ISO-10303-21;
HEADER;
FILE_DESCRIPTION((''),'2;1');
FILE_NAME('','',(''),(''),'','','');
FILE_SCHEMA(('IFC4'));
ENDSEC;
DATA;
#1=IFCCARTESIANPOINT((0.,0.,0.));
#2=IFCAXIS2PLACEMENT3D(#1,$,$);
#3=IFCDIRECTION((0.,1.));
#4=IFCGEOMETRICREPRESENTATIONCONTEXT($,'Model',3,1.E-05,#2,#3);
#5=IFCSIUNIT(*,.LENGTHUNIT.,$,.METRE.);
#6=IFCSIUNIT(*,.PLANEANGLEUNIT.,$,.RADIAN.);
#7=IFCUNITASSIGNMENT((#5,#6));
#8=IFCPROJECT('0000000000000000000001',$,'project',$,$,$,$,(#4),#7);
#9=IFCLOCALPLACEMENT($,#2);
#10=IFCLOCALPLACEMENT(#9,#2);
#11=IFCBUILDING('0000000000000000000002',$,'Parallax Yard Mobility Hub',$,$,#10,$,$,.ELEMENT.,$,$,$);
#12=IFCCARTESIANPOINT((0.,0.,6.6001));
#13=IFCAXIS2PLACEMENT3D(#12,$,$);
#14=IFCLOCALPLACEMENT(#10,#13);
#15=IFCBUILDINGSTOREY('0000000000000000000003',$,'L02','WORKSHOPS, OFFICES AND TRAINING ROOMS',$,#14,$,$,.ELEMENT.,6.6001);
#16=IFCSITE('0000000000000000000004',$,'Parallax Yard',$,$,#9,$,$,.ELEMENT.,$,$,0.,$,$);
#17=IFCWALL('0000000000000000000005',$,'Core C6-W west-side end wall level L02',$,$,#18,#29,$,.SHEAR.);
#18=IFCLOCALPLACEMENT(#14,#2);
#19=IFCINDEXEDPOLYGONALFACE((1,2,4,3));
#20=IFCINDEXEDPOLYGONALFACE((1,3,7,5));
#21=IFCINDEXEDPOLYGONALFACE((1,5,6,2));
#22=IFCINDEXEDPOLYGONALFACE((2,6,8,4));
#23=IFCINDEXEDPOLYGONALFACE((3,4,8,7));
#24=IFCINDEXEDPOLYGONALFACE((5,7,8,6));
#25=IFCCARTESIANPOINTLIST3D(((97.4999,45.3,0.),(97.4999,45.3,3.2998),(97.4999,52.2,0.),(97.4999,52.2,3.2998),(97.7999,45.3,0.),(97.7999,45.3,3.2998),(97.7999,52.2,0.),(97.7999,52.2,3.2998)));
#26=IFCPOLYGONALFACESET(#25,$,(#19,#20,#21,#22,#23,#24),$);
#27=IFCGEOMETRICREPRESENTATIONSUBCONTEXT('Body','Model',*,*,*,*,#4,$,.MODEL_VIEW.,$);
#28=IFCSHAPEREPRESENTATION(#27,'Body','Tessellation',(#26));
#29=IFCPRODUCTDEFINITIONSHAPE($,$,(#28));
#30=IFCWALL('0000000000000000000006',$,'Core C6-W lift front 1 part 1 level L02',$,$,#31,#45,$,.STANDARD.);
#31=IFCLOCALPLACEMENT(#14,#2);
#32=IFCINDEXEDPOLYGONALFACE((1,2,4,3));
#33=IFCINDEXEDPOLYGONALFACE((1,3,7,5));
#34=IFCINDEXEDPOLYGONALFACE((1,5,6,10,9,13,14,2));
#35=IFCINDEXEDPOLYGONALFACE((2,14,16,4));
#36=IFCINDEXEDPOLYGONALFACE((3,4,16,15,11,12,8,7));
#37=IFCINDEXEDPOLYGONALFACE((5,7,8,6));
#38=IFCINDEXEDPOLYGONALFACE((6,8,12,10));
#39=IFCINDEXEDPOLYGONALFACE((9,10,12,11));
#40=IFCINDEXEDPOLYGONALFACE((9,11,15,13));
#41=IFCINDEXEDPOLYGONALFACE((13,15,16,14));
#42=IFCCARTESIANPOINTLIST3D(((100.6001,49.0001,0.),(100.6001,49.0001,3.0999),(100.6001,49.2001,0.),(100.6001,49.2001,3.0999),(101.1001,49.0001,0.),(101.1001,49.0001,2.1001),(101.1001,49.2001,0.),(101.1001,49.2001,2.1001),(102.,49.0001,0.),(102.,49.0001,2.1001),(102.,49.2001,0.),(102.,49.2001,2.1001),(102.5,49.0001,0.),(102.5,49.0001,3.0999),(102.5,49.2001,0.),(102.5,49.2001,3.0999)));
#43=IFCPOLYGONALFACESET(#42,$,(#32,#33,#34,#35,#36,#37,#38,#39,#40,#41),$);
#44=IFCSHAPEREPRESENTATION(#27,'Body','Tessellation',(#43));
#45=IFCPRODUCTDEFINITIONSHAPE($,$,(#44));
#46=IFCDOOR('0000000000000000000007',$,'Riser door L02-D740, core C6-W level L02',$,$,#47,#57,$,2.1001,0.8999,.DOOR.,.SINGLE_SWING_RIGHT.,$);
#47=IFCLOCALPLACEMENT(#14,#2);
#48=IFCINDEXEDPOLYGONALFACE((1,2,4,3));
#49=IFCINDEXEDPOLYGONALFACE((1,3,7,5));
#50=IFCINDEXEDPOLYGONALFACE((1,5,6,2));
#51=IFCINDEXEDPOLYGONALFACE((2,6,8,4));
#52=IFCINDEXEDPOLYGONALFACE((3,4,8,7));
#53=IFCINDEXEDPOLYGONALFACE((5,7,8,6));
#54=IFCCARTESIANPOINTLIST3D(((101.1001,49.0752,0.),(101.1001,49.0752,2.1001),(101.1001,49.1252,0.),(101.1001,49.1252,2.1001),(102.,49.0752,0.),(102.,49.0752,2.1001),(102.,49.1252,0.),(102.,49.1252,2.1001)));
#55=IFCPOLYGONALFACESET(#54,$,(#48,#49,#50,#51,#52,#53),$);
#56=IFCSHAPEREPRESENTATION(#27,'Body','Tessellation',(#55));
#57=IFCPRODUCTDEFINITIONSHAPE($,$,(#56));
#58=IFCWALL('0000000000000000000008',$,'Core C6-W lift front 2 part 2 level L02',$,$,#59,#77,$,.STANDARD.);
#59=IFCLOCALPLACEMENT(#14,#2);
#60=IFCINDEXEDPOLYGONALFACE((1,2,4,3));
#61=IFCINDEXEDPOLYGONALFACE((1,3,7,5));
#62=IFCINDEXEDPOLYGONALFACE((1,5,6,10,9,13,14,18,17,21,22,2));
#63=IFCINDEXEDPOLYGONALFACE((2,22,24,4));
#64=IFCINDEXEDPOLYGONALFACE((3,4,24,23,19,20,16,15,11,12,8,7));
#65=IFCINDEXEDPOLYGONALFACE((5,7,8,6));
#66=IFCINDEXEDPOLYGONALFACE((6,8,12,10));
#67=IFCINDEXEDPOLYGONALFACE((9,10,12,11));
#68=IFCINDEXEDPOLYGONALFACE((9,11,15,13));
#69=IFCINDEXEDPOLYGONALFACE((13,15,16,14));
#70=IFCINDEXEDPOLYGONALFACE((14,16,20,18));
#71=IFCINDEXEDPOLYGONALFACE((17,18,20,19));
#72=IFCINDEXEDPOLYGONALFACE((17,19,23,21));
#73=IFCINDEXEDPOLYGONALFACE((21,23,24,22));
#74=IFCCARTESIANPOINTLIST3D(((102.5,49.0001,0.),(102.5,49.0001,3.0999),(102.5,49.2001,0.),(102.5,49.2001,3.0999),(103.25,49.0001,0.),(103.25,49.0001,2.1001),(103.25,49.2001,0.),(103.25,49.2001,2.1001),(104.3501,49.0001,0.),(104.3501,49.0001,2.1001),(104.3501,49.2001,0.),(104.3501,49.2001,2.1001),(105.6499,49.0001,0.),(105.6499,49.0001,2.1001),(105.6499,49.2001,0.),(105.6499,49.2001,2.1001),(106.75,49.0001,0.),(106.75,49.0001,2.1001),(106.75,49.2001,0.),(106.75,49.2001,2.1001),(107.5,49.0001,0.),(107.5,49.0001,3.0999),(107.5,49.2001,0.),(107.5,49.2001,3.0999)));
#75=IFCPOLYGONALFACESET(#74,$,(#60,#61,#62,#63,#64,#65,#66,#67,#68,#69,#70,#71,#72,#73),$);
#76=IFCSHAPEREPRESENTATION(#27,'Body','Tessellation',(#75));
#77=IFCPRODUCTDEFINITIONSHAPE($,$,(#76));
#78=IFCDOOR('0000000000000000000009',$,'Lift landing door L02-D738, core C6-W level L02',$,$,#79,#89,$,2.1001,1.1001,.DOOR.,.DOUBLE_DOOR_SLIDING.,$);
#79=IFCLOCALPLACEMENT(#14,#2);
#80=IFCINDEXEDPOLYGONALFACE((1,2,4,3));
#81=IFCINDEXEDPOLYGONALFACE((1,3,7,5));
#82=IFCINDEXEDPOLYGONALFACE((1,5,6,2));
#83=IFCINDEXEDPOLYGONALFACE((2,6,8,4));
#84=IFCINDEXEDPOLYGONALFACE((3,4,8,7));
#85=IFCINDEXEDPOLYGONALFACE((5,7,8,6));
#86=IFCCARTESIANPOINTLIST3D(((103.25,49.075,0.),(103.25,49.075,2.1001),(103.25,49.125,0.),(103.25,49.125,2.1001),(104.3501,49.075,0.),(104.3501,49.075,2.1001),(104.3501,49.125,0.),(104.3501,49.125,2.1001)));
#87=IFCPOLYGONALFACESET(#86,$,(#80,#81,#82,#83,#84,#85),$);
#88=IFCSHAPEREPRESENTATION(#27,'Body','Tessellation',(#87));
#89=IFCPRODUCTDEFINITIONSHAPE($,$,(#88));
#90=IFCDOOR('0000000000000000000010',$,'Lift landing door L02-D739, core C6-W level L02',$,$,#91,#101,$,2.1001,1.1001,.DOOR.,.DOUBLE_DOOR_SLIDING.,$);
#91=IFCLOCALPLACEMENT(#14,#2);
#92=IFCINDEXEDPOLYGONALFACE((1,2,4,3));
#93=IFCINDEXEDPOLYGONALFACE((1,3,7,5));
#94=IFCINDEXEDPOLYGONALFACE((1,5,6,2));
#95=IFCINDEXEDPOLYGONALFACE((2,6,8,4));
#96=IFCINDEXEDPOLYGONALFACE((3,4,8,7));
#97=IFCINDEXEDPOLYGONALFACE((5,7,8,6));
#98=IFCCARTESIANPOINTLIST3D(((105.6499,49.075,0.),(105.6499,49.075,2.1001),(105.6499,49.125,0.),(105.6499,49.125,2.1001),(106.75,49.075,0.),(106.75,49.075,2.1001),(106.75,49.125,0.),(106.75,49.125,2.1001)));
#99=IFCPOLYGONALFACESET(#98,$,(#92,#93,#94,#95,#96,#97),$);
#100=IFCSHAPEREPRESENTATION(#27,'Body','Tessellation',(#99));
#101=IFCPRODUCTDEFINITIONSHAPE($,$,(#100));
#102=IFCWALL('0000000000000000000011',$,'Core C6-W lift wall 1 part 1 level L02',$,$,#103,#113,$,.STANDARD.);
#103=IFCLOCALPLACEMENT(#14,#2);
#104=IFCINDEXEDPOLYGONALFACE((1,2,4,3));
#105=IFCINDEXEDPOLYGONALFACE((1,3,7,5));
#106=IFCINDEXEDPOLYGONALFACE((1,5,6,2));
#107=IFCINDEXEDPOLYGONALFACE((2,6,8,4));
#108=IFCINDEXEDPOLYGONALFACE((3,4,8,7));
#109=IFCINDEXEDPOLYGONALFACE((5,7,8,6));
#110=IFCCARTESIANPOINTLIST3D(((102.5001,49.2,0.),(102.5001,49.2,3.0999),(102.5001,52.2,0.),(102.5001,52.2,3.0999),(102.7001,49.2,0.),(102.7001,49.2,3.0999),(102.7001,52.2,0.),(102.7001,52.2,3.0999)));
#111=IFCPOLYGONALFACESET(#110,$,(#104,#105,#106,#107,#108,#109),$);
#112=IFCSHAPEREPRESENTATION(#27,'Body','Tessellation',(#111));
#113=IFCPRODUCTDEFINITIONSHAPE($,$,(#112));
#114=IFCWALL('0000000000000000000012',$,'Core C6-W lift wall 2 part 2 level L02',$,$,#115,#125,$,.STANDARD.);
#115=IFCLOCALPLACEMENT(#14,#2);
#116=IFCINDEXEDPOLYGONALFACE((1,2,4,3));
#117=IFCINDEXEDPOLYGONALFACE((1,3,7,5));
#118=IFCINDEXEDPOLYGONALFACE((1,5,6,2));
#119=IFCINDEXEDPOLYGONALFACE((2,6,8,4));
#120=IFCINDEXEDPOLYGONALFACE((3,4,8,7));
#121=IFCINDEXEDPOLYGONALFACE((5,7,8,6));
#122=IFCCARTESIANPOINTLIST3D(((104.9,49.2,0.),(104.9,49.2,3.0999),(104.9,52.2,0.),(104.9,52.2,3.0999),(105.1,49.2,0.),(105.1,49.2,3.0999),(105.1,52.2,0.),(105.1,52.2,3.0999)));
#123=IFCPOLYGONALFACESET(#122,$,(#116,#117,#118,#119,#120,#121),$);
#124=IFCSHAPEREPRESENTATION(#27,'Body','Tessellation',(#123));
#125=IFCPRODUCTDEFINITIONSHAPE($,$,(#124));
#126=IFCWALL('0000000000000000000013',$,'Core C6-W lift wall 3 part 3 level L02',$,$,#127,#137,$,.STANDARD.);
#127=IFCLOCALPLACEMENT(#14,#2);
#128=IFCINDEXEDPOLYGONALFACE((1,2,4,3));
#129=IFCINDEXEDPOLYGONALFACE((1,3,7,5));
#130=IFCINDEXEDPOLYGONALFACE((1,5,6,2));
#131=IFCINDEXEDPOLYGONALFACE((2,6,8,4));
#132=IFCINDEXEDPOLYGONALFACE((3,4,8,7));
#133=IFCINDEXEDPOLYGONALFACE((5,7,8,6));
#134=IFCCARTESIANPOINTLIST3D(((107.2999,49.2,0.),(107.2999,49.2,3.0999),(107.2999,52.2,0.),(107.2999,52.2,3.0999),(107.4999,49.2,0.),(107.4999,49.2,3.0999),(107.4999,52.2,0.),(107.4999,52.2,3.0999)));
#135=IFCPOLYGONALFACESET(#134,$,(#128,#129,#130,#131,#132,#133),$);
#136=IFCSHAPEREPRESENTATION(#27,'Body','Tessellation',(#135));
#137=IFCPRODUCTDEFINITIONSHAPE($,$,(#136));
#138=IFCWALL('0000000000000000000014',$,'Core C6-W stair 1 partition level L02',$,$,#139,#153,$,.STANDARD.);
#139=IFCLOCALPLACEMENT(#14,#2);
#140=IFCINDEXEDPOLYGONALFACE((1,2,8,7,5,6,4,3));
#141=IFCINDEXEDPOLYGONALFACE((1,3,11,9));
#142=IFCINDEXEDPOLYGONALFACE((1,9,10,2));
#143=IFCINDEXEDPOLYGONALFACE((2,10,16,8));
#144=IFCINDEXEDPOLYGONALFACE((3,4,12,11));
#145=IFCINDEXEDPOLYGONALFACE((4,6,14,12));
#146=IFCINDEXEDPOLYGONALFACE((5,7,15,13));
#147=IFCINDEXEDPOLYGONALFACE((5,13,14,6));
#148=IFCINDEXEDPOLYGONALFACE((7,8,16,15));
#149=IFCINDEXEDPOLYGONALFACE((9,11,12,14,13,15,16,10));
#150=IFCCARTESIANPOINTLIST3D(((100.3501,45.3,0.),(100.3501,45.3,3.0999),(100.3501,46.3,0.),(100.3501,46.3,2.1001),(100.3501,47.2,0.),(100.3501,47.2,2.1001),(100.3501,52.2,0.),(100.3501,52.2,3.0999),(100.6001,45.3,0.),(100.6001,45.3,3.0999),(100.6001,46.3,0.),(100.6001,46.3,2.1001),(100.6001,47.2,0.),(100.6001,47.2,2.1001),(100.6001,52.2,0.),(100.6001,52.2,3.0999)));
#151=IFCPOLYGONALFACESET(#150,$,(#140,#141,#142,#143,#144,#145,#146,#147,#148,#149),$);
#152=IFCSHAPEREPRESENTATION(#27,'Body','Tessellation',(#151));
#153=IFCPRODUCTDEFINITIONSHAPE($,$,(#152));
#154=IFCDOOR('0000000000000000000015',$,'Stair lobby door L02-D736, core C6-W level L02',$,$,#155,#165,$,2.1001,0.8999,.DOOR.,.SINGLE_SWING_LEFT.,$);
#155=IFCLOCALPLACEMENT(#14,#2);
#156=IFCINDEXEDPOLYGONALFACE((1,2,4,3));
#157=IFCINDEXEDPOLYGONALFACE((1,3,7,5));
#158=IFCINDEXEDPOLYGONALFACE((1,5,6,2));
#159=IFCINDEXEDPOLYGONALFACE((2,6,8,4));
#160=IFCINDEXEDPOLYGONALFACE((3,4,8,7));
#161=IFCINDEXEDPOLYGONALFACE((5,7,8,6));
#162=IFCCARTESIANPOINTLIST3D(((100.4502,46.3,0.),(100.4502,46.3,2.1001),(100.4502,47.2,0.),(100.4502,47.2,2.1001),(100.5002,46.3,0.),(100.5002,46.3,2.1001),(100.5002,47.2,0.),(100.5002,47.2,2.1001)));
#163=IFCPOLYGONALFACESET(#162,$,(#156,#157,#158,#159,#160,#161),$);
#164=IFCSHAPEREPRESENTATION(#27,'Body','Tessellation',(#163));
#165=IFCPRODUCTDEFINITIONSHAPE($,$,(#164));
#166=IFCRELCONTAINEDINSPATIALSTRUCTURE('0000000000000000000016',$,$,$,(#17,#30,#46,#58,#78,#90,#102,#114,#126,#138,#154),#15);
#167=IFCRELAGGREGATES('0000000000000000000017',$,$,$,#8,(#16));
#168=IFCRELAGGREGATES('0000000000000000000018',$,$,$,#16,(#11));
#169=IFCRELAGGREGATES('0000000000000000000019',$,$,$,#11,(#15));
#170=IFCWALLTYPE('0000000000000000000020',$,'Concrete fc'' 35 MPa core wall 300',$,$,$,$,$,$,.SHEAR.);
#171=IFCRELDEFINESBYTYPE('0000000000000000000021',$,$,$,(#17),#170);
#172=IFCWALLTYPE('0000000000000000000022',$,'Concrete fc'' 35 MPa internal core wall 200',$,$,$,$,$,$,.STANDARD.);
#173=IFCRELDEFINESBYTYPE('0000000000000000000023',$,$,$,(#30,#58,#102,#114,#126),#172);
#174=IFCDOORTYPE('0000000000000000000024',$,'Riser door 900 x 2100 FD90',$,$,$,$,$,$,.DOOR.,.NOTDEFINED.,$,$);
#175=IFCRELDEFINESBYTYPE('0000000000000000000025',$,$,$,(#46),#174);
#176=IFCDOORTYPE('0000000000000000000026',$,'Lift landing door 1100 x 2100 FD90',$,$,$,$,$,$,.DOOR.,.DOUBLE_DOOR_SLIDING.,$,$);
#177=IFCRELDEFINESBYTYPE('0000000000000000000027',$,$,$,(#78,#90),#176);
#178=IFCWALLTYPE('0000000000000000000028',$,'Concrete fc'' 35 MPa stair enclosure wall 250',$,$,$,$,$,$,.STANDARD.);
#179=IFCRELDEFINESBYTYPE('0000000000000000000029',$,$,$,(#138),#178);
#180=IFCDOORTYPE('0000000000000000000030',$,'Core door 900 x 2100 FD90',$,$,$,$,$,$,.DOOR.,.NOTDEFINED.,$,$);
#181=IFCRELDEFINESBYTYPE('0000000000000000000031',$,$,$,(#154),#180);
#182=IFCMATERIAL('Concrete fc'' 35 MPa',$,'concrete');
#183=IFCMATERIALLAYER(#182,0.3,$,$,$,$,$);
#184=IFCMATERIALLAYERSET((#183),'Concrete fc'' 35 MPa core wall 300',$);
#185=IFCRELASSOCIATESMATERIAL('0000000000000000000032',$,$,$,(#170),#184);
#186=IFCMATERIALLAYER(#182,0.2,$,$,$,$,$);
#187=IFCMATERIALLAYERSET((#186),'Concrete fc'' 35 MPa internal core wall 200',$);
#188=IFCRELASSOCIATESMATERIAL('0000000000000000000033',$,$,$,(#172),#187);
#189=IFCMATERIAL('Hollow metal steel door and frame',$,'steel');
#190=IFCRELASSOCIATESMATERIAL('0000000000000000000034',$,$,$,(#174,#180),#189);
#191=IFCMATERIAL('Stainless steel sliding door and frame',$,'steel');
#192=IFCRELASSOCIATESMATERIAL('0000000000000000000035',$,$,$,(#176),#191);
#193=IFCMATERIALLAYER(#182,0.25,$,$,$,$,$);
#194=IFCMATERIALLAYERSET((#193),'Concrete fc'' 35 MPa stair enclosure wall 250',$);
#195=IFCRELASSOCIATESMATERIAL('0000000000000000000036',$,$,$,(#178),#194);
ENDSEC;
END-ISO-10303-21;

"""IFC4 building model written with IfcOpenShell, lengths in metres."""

from ifc_helpers import new_model, si_unit, direction, frame, frame_2d, origin, place, context, subcontext, project, spatial, rectangle, extrude, material, layer, layer_set, type_object, element, fill, save


model = new_model("IFC4")

# Units and contexts
model_context = context("Model", 3, precision=1e-05, world=origin(), true_north=direction((0.0, 1.0)))
body_context = subcontext(model_context, "Body", "Model", "MODEL_VIEW")
ifc_project = project(units=[si_unit("LENGTHUNIT", "METRE"), si_unit("PLANEANGLEUNIT", "RADIAN")], contexts=[model_context])

# Site, building, storey
site_placement = place(None, origin())
site = spatial("IfcSite", under=ifc_project, at=site_placement, Name="Parallax Yard", CompositionType="ELEMENT", RefElevation=0.0)
building_placement = place(site_placement, origin())
building = spatial("IfcBuilding", under=site, at=building_placement, Name="Parallax Yard Mobility Hub", CompositionType="ELEMENT")
storey_placement = place(building_placement, frame((0.0, 0.0, 6.6001)))
storey = spatial("IfcBuildingStorey", under=building, at=storey_placement, Name="L02", Description="WORKSHOPS, OFFICES AND TRAINING ROOMS", CompositionType="ELEMENT", Elevation=6.6001)

# Wall
ifc_material_1 = material(Name="Concrete fc' 35 MPa", Category="concrete")
ifc_layer_1 = layer(ifc_material_1, 0.3)
ifc_layer_set_1 = layer_set([ifc_layer_1], Name="Concrete fc' 35 MPa core wall 300")
wall_type_1 = type_object("IfcWallType", Name="Concrete fc' 35 MPa core wall 300", PredefinedType="SHEAR", material=ifc_layer_set_1)
wall_1_placement = place(storey_placement, frame((97.6499, 45.3, 0.0), z_axis=(0.0, 0.0, 1.0), x_axis=(0.0, 1.0, 0.0)))
element("IfcWall", 1, at=wall_1_placement, inside=storey, type_object=wall_type_1, Name="Core C6-W west-side end wall level L02", PredefinedType="SHEAR", context=body_context, shape_type="SweptSolid", body=[
    extrude(rectangle(XDim=6.8999, YDim=0.3, at=frame_2d((3.45, 0.0))), origin(), (0.0, 0.0, 1.0), 3.2998),
])

# Wall, opening, door
ifc_layer_2 = layer(ifc_material_1, 0.2)
ifc_layer_set_2 = layer_set([ifc_layer_2], Name="Concrete fc' 35 MPa internal core wall 200")
wall_type_2 = type_object("IfcWallType", Name="Concrete fc' 35 MPa internal core wall 200", PredefinedType="STANDARD", material=ifc_layer_set_2)
wall_2_placement = place(storey_placement, frame((102.5, 49.1001, 0.0), z_axis=(0.0, 0.0, 1.0), x_axis=(-1.0, 0.0, 0.0)))
wall_2 = element("IfcWall", 2, at=wall_2_placement, inside=storey, type_object=wall_type_2, Name="Core C6-W lift front 1 part 1 level L02", PredefinedType="STANDARD", context=body_context, shape_type="SweptSolid", body=[
    extrude(rectangle(XDim=1.8999, YDim=0.2, at=frame_2d((0.95, 0.0))), origin(), (0.0, 0.0, 1.0), 3.0999),
])
opening_1_placement = place(wall_2_placement, frame((0.5, 0.0, 0.0)))
opening_1 = element("IfcOpeningElement", 3, at=opening_1_placement, cuts=wall_2, PredefinedType="OPENING", context=body_context, shape_type="SweptSolid", body=[
    extrude(rectangle(XDim=0.8999, YDim=2.1001, at=frame_2d((0.45, 1.05))), frame((0.0, 0.1099, 0.0), z_axis=(0.0, -1.0, 0.0), x_axis=(1.0, 0.0, 0.0)), (0.0, 0.0, 1.0), 0.22),
])
ifc_material_2 = material(Name="Hollow metal steel door and frame", Category="steel")
door_type_1 = type_object("IfcDoorType", Name="Riser door 900 x 2100 FD90", OperationType="NOTDEFINED", PredefinedType="DOOR", material=ifc_material_2)
door_1_placement = place(opening_1_placement, origin())
door_1 = element("IfcDoor", 4, at=door_1_placement, inside=storey, type_object=door_type_1, Name="Riser door L02-D740, core C6-W level L02", OperationType="SINGLE_SWING_RIGHT", OverallHeight=2.1001, OverallWidth=0.8999, PredefinedType="DOOR", context=body_context, shape_type="SweptSolid", body=[
    extrude(rectangle(XDim=0.8999, YDim=2.1001, at=frame_2d((0.45, 1.05))), frame((0.0, 0.0249, 0.0), z_axis=(0.0, -1.0, 0.0), x_axis=(1.0, 0.0, 0.0)), (0.0, 0.0, 1.0), 0.05),
])
fill(opening_1, door_1)

# Wall, openings, doors
wall_3_placement = place(storey_placement, frame((102.5, 49.1001, 0.0), z_axis=(0.0, 0.0, 1.0), x_axis=(1.0, 0.0, 0.0)))
wall_3 = element("IfcWall", 5, at=wall_3_placement, inside=storey, type_object=wall_type_2, Name="Core C6-W lift front 2 part 2 level L02", PredefinedType="STANDARD", context=body_context, shape_type="SweptSolid", body=[
    extrude(rectangle(XDim=5.0, YDim=0.2, at=frame_2d((2.5, 0.0))), origin(), (0.0, 0.0, 1.0), 3.0999),
])
opening_2_placement = place(wall_3_placement, frame((0.75, 0.0, 0.0)))
opening_2 = element("IfcOpeningElement", 6, at=opening_2_placement, cuts=wall_3, PredefinedType="OPENING", context=body_context, shape_type="SweptSolid", body=[
    extrude(rectangle(XDim=1.1001, YDim=2.1001, at=frame_2d((0.55, 1.05))), frame((0.0, 0.1099, 0.0), z_axis=(0.0, -1.0, 0.0), x_axis=(1.0, 0.0, 0.0)), (0.0, 0.0, 1.0), 0.22),
])
opening_3_placement = place(wall_3_placement, frame((3.1499, 0.0, 0.0)))
opening_3 = element("IfcOpeningElement", 7, at=opening_3_placement, cuts=wall_3, PredefinedType="OPENING", context=body_context, shape_type="SweptSolid", body=[
    extrude(rectangle(XDim=1.1001, YDim=2.1001, at=frame_2d((0.55, 1.05))), frame((0.0, 0.1099, 0.0), z_axis=(0.0, -1.0, 0.0), x_axis=(1.0, 0.0, 0.0)), (0.0, 0.0, 1.0), 0.22),
])
ifc_material_3 = material(Name="Stainless steel sliding door and frame", Category="steel")
door_type_2 = type_object("IfcDoorType", Name="Lift landing door 1100 x 2100 FD90", OperationType="DOUBLE_DOOR_SLIDING", PredefinedType="DOOR", material=ifc_material_3)
door_2_placement = place(opening_2_placement, origin())
door_2 = element("IfcDoor", 8, at=door_2_placement, inside=storey, type_object=door_type_2, Name="Lift landing door L02-D738, core C6-W level L02", OperationType="DOUBLE_DOOR_SLIDING", OverallHeight=2.1001, OverallWidth=1.1001, PredefinedType="DOOR", context=body_context, shape_type="SweptSolid", body=[
    extrude(rectangle(XDim=1.1001, YDim=2.1001, at=frame_2d((0.55, 1.05))), frame((0.0, 0.0249, 0.0), z_axis=(0.0, -1.0, 0.0), x_axis=(1.0, 0.0, 0.0)), (0.0, 0.0, 1.0), 0.05),
])
fill(opening_2, door_2)
door_3_placement = place(opening_3_placement, origin())
door_3 = element("IfcDoor", 9, at=door_3_placement, inside=storey, type_object=door_type_2, Name="Lift landing door L02-D739, core C6-W level L02", OperationType="DOUBLE_DOOR_SLIDING", OverallHeight=2.1001, OverallWidth=1.1001, PredefinedType="DOOR", context=body_context, shape_type="SweptSolid", body=[
    extrude(rectangle(XDim=1.1001, YDim=2.1001, at=frame_2d((0.55, 1.05))), frame((0.0, 0.0249, 0.0), z_axis=(0.0, -1.0, 0.0), x_axis=(1.0, 0.0, 0.0)), (0.0, 0.0, 1.0), 0.05),
])
fill(opening_3, door_3)

# Walls
for number, where, z_axis, x_axis, name in (
    (10, (102.6001, 49.2, 0.0), (0.0, 0.0, 1.0), (0.0, 1.0, 0.0), "Core C6-W lift wall 1 part 1 level L02"),
    (11, (105.0, 49.2, 0.0), (0.0, 0.0, 1.0), (0.0, 1.0, 0.0), "Core C6-W lift wall 2 part 2 level L02"),
    (12, (107.3999, 49.2, 0.0), (0.0, 0.0, 1.0), (0.0, 1.0, 0.0), "Core C6-W lift wall 3 part 3 level L02"),
):
    element("IfcWall", number, at=place(storey_placement, frame(where, z_axis=z_axis, x_axis=x_axis)), inside=storey, type_object=wall_type_2, Name=name, PredefinedType="STANDARD", context=body_context, shape_type="SweptSolid", body=[
        extrude(rectangle(XDim=3.0, YDim=0.2, at=frame_2d((1.5, 0.0))), origin(), (0.0, 0.0, 1.0), 3.0999),
    ])

# Wall, opening, door
ifc_layer_3 = layer(ifc_material_1, 0.25)
ifc_layer_set_3 = layer_set([ifc_layer_3], Name="Concrete fc' 35 MPa stair enclosure wall 250")
wall_type_3 = type_object("IfcWallType", Name="Concrete fc' 35 MPa stair enclosure wall 250", PredefinedType="STANDARD", material=ifc_layer_set_3)
wall_4_placement = place(storey_placement, frame((100.4751, 45.3, 0.0), z_axis=(0.0, 0.0, 1.0), x_axis=(0.0, 1.0, 0.0)))
wall_4 = element("IfcWall", 13, at=wall_4_placement, inside=storey, type_object=wall_type_3, Name="Core C6-W stair 1 partition level L02", PredefinedType="STANDARD", context=body_context, shape_type="SweptSolid", body=[
    extrude(rectangle(XDim=6.8999, YDim=0.25, at=frame_2d((3.45, 0.0))), origin(), (0.0, 0.0, 1.0), 3.0999),
])
opening_4_placement = place(wall_4_placement, frame((1.0, 0.0, 0.0)))
opening_4 = element("IfcOpeningElement", 14, at=opening_4_placement, cuts=wall_4, PredefinedType="OPENING", context=body_context, shape_type="SweptSolid", body=[
    extrude(rectangle(XDim=0.8999, YDim=2.1001, at=frame_2d((0.45, 1.05))), frame((0.0, 0.135, 0.0), z_axis=(0.0, -1.0, 0.0), x_axis=(1.0, 0.0, 0.0)), (0.0, 0.0, 1.0), 0.27),
])
door_type_3 = type_object("IfcDoorType", Name="Core door 900 x 2100 FD90", OperationType="NOTDEFINED", PredefinedType="DOOR", material=ifc_material_2)
door_4_placement = place(opening_4_placement, origin())
door_4 = element("IfcDoor", 15, at=door_4_placement, inside=storey, type_object=door_type_3, Name="Stair lobby door L02-D736, core C6-W level L02", OperationType="SINGLE_SWING_LEFT", OverallHeight=2.1001, OverallWidth=0.8999, PredefinedType="DOOR", context=body_context, shape_type="SweptSolid", body=[
    extrude(rectangle(XDim=0.8999, YDim=2.1001, at=frame_2d((0.45, 1.05))), frame((0.0, 0.0249, 0.0), z_axis=(0.0, -1.0, 0.0), x_axis=(1.0, 0.0, 0.0)), (0.0, 0.0, 1.0), 0.05),
])
fill(opening_4, door_4)

save(model, "model.ifc")
